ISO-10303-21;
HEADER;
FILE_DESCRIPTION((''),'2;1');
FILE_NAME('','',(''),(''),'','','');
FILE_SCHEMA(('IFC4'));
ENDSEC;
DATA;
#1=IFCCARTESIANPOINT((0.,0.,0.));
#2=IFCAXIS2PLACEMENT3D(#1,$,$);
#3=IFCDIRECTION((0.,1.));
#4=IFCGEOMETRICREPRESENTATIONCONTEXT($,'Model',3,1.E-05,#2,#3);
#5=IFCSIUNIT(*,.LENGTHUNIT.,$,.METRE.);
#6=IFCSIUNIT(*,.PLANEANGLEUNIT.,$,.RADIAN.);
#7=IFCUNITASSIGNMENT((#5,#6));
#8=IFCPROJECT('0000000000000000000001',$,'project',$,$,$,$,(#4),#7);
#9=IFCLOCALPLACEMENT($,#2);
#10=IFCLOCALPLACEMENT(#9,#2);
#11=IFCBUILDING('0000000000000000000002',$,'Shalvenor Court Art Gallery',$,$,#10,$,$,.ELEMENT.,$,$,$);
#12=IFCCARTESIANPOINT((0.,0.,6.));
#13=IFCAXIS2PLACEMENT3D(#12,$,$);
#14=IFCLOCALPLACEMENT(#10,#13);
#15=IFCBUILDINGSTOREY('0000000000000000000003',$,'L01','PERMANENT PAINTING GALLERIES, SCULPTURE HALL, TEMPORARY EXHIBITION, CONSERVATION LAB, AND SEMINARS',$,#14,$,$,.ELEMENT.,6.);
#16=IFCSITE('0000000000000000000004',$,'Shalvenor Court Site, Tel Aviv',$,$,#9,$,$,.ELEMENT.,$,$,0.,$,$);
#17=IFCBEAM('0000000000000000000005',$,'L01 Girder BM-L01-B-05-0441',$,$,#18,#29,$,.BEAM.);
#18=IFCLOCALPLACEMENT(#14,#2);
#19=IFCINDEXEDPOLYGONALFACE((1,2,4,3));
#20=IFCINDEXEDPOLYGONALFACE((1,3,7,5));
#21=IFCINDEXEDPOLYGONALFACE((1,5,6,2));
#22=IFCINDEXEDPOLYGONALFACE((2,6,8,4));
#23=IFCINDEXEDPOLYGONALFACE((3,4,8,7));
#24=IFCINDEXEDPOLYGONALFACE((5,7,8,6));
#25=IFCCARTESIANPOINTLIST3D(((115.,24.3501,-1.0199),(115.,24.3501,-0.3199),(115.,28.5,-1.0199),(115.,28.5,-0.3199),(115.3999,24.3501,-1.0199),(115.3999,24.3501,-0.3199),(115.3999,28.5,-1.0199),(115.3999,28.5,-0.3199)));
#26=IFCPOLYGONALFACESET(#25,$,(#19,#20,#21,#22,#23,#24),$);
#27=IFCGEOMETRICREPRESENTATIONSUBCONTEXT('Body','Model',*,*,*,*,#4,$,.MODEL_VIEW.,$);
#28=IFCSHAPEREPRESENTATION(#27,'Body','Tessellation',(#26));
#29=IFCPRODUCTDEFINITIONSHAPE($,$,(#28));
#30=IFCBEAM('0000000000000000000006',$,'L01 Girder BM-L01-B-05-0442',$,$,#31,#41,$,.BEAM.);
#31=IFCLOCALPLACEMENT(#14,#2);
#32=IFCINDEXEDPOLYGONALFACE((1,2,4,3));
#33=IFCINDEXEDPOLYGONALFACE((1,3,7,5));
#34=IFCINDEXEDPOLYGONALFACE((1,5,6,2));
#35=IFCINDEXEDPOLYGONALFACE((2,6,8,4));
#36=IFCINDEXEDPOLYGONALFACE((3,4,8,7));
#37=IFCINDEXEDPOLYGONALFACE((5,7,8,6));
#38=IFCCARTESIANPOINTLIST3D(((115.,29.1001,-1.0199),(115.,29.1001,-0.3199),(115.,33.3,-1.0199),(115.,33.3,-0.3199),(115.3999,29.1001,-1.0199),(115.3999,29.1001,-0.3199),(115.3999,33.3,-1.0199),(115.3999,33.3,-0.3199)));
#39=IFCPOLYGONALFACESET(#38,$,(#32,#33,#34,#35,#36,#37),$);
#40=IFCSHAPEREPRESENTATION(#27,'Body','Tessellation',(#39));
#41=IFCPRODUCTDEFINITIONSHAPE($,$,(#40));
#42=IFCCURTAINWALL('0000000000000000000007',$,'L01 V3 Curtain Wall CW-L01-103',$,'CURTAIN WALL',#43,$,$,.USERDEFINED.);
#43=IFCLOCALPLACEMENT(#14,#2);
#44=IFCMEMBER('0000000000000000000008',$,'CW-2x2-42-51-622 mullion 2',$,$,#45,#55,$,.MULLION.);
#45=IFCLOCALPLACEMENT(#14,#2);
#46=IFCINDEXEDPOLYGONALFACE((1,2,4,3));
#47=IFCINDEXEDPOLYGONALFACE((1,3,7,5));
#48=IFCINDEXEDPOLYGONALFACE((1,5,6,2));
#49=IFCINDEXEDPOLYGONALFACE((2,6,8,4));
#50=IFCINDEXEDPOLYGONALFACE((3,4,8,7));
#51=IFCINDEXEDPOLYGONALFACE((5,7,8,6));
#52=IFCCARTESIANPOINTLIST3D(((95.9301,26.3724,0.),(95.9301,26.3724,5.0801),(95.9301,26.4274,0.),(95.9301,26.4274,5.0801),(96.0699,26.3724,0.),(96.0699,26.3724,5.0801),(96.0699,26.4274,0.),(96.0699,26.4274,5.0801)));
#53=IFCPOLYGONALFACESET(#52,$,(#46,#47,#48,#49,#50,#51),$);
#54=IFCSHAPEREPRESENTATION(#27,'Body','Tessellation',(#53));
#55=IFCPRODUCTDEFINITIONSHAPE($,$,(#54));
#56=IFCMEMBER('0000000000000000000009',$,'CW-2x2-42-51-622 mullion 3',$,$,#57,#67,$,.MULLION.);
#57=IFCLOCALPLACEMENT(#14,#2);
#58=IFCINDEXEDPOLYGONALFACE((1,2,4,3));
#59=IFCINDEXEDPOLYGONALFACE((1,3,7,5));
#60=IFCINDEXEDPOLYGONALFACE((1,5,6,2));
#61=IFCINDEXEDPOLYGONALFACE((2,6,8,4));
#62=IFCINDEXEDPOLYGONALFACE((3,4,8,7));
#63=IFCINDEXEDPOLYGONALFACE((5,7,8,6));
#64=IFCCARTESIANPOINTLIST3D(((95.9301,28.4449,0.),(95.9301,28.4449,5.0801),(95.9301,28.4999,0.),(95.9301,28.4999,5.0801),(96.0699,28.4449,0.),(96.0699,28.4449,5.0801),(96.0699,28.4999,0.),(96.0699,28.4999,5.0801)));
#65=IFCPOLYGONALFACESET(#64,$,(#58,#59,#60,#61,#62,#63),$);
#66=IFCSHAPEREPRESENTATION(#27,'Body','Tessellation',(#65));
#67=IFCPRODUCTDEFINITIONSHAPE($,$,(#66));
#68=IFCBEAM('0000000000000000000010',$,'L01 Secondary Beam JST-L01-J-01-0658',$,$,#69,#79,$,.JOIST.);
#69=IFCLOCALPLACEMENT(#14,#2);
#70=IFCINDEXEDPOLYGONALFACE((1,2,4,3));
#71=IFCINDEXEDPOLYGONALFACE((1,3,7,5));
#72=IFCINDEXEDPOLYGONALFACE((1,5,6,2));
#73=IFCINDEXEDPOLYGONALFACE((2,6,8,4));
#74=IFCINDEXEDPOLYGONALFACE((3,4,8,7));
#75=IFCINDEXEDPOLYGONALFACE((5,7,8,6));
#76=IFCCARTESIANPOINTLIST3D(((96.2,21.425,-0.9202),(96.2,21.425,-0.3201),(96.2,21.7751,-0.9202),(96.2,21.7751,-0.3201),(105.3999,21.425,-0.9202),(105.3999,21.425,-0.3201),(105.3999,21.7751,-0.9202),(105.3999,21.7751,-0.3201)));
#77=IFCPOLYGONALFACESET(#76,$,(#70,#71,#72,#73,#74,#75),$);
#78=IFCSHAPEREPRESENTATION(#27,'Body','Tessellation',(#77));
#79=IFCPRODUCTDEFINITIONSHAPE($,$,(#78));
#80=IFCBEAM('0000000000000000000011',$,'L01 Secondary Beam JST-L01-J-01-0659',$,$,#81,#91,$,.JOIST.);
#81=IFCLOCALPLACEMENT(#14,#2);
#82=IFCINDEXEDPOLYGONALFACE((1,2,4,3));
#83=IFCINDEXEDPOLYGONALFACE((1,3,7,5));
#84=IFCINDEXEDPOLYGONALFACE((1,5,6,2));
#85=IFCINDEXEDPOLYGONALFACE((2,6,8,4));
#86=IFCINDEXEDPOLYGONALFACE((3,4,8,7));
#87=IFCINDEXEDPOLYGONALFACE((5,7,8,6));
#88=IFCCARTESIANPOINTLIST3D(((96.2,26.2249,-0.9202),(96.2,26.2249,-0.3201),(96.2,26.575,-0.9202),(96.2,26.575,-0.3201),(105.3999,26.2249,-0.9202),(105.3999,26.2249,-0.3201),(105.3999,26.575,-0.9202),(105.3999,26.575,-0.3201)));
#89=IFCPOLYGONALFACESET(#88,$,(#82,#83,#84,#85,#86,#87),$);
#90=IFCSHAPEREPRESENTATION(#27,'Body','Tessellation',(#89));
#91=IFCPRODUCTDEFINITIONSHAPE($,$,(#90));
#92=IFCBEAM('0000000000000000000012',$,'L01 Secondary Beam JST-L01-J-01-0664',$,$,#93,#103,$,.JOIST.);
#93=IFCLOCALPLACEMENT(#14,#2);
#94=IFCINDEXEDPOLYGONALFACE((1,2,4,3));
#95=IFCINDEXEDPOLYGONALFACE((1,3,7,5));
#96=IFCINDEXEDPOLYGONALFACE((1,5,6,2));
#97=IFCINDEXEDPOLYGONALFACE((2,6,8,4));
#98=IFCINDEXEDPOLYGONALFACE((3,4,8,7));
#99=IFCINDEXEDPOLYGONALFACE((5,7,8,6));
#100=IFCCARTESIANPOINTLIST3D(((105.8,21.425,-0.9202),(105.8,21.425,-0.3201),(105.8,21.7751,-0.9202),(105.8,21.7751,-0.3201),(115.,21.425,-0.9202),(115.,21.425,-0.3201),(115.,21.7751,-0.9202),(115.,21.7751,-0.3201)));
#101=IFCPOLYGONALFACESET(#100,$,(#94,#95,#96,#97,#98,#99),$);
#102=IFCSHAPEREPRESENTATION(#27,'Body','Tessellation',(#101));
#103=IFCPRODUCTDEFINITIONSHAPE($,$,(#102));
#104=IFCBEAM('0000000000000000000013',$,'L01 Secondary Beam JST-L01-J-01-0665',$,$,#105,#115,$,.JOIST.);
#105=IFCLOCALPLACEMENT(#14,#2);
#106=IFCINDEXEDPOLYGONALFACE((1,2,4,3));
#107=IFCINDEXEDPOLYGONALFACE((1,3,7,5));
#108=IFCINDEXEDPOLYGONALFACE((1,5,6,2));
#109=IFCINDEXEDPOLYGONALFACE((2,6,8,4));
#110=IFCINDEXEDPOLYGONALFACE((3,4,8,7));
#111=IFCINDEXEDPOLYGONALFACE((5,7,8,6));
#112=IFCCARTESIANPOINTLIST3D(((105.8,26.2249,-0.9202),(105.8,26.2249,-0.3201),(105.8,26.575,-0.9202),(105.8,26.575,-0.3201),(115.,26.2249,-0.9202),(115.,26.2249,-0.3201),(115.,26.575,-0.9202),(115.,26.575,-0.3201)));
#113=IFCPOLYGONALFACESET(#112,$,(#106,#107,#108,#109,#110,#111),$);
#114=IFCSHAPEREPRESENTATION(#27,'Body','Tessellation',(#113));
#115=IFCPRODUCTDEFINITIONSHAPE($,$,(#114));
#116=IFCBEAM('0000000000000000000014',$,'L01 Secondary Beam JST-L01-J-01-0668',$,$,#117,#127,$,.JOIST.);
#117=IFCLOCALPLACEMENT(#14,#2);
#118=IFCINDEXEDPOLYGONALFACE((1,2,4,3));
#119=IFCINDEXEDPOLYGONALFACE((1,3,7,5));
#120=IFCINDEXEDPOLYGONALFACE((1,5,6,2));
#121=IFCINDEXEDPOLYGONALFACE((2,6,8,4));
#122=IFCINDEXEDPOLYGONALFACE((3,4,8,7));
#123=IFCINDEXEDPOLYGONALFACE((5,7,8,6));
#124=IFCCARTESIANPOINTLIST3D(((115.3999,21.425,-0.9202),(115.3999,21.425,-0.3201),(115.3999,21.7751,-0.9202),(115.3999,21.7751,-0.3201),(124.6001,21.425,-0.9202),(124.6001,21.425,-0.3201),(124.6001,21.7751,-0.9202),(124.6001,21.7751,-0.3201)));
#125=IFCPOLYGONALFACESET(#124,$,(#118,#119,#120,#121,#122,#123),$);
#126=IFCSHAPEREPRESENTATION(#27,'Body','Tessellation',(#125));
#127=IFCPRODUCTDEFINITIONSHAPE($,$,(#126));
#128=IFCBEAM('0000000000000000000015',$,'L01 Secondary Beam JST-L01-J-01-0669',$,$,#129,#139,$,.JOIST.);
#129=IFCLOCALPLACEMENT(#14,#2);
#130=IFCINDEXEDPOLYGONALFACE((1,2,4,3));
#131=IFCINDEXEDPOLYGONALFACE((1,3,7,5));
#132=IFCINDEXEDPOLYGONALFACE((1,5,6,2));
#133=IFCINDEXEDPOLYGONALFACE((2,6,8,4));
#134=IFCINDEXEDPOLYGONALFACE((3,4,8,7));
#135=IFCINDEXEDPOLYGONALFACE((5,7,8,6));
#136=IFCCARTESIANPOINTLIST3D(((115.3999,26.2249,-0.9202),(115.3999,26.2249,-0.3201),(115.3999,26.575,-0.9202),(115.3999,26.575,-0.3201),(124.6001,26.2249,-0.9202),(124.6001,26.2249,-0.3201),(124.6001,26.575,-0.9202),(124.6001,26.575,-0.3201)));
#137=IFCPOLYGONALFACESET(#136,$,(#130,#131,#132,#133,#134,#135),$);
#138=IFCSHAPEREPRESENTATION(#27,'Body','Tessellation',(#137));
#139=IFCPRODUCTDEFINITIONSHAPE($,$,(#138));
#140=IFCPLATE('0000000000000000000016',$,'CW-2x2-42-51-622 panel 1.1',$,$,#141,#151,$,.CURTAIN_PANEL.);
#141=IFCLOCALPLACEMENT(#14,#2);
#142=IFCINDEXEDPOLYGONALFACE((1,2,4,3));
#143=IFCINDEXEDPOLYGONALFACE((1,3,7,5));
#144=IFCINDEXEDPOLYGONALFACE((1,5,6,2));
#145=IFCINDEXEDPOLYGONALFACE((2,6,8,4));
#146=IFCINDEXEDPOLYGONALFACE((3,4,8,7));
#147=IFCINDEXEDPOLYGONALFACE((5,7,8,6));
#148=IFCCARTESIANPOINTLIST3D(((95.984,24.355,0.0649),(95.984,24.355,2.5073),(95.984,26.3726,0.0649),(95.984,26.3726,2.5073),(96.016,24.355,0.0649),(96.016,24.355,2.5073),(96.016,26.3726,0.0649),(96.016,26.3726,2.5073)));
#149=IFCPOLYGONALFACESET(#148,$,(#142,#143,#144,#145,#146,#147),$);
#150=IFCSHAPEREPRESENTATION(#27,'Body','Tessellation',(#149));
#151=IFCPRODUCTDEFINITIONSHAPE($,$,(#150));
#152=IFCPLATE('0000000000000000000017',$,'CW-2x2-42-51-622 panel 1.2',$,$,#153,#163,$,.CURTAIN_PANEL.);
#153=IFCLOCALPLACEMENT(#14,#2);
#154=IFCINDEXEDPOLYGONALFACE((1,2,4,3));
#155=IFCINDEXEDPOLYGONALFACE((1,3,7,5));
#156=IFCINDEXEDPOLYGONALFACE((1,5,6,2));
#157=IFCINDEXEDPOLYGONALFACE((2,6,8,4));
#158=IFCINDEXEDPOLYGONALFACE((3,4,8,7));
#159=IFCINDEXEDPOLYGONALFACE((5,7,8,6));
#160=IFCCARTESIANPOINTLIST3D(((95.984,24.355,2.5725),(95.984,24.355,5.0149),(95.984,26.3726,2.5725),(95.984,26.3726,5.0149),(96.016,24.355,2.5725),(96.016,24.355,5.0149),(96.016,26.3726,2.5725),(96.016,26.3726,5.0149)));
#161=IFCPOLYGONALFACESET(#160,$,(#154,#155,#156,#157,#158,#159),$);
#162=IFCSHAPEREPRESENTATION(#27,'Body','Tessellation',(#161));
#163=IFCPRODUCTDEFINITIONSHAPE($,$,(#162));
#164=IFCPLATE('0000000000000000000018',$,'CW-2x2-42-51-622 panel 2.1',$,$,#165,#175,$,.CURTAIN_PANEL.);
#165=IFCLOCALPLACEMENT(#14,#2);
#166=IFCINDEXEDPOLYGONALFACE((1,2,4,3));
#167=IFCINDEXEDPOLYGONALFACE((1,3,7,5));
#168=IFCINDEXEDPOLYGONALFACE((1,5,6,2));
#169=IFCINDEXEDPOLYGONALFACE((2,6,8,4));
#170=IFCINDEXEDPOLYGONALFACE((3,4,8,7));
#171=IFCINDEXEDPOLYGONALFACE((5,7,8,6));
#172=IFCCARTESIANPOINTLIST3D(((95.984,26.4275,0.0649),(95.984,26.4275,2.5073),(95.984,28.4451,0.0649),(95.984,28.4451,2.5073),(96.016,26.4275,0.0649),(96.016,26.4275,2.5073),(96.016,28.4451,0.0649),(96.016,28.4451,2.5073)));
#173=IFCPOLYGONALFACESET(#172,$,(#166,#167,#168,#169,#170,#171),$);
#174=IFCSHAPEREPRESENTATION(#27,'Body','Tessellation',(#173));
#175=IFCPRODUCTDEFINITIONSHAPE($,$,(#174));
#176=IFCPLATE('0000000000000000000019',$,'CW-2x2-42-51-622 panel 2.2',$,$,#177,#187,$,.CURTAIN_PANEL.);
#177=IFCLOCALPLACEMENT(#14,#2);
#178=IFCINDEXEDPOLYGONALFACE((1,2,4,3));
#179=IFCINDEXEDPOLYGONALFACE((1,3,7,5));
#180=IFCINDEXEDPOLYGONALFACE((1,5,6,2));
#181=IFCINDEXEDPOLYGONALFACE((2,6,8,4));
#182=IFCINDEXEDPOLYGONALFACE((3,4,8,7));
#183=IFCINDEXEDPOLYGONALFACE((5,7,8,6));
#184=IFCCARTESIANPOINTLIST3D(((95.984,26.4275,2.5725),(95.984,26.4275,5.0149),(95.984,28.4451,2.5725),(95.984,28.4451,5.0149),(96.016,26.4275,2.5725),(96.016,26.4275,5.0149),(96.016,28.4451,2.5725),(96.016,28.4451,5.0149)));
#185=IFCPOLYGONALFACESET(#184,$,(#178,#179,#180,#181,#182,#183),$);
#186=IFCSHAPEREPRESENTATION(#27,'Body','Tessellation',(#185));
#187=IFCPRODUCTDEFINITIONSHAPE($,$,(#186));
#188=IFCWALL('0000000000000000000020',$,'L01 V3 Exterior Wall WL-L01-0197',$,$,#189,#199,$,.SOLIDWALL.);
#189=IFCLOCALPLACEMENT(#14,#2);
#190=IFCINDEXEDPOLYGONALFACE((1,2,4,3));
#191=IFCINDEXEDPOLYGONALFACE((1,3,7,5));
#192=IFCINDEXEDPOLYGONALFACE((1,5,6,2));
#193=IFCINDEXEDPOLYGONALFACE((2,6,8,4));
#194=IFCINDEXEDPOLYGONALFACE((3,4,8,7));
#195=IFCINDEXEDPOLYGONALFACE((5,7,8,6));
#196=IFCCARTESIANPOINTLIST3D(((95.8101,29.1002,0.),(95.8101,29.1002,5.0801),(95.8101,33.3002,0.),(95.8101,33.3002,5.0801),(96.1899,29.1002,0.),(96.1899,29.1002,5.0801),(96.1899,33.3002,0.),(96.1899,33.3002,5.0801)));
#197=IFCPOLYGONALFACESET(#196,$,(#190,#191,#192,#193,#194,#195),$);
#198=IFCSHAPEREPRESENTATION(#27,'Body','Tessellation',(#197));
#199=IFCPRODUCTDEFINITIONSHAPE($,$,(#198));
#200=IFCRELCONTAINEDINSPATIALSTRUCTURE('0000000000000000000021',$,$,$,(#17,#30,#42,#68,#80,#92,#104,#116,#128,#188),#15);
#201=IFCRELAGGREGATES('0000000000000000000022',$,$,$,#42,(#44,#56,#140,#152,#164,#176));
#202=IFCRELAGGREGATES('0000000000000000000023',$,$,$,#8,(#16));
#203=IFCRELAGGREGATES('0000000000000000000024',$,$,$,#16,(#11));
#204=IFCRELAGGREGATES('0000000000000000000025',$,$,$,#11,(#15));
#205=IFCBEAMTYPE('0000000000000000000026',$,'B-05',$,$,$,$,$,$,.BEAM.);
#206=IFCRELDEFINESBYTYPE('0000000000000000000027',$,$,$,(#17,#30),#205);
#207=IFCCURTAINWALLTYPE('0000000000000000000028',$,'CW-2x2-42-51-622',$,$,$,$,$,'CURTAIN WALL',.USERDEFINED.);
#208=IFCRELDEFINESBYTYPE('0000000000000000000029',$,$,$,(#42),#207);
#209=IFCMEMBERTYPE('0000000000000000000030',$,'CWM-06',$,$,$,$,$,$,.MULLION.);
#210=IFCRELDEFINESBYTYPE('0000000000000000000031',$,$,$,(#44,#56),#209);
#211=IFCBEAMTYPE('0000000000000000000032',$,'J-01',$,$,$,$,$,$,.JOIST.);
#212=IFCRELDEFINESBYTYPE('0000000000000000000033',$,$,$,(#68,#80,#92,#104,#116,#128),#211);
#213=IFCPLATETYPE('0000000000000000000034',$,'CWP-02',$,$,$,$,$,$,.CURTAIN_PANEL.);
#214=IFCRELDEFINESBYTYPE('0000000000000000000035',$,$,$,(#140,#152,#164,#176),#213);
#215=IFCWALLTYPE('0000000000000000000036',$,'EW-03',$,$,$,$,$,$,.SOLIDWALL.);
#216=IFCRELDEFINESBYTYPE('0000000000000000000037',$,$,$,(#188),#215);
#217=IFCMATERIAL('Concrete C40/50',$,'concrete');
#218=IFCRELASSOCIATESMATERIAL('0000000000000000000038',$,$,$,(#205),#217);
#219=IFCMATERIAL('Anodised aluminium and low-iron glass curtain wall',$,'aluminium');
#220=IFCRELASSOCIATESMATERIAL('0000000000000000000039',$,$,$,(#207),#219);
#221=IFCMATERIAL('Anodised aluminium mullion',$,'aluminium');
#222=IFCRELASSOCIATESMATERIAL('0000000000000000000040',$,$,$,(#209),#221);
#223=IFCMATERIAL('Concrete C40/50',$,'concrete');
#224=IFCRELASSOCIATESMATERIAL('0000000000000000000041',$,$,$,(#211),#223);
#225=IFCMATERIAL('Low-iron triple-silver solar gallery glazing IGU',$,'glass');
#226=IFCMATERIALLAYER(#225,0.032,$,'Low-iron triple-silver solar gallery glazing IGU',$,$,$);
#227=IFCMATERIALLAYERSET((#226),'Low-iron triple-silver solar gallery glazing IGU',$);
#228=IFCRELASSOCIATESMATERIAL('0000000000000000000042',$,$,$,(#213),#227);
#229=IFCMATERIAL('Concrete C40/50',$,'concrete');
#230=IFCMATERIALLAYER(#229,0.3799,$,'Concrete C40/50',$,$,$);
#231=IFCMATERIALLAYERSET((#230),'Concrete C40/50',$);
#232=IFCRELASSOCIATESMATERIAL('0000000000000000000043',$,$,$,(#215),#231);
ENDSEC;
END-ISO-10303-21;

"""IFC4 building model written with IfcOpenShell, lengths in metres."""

from ifc_helpers import new_model, si_unit, direction, frame, frame_2d, origin, origin_2d, place, context, subcontext, project, spatial, rectangle, extrude, material, layer, layer_set, material_profile, profile_set, type_object, element, aggregate, save


model = new_model("IFC4")

# Units and contexts
model_context = context("Model", 3, precision=1e-05, world=origin(), true_north=direction((0.0, 1.0)))
body_context = subcontext(model_context, "Body", "Model", "MODEL_VIEW")
ifc_project = project(units=[si_unit("LENGTHUNIT", "METRE"), si_unit("PLANEANGLEUNIT", "RADIAN")], contexts=[model_context])

# Site, building, storey
site_placement = place(None, origin())
site = spatial("IfcSite", under=ifc_project, at=site_placement, Name="Shalvenor Court Site, Tel Aviv", CompositionType="ELEMENT", RefElevation=0.0)
building_placement = place(site_placement, origin())
building = spatial("IfcBuilding", under=site, at=building_placement, Name="Shalvenor Court Art Gallery", CompositionType="ELEMENT")
storey_placement = place(building_placement, frame((0.0, 0.0, 6.0)))
storey = spatial("IfcBuildingStorey", under=building, at=storey_placement, Name="L01", Description="PERMANENT PAINTING GALLERIES, SCULPTURE HALL, TEMPORARY EXHIBITION, CONSERVATION LAB, AND SEMINARS", CompositionType="ELEMENT", Elevation=6.0)

# Beams
ifc_material_1 = material(Name="Concrete C40/50", Category="concrete")
ifc_material_profile_1 = material_profile(ifc_material_1, rectangle(XDim=0.3999, YDim=0.7, at=origin_2d()), Name="RC 400x700")
ifc_profile_set_1 = profile_set([ifc_material_profile_1], Name="Concrete C40/50")
beam_type_1 = type_object("IfcBeamType", Name="B-05", PredefinedType="BEAM", material=ifc_profile_set_1)
beam_1_placement = place(storey_placement, frame((115.2, 24.3501, -0.6699), z_axis=(0.0, 1.0, 0.0), x_axis=(-1.0, 0.0, 0.0)))
element("IfcBeam", 1, at=beam_1_placement, inside=storey, type_object=beam_type_1, Name="L01 Girder BM-L01-B-05-0441", PredefinedType="BEAM", context=body_context, shape_type="SweptSolid", body=[
    extrude(rectangle(XDim=0.3999, YDim=0.7, at=origin_2d()), origin(), (0.0, 0.0, 1.0), 4.1499),
])
beam_2_placement = place(storey_placement, frame((115.2, 29.1001, -0.6699), z_axis=(0.0, 1.0, 0.0), x_axis=(-1.0, 0.0, 0.0)))
element("IfcBeam", 2, at=beam_2_placement, inside=storey, type_object=beam_type_1, Name="L01 Girder BM-L01-B-05-0442", PredefinedType="BEAM", context=body_context, shape_type="SweptSolid", body=[
    extrude(rectangle(XDim=0.3999, YDim=0.7, at=origin_2d()), origin(), (0.0, 0.0, 1.0), 4.2),
])

# Curtain wall, members
ifc_material_2 = material(Name="Anodised aluminium and low-iron glass curtain wall", Category="aluminium")
curtain_wall_type = type_object("IfcCurtainWallType", Name="CW-2x2-42-51-622", ElementType="CURTAIN WALL", PredefinedType="USERDEFINED", material=ifc_material_2)
curtain_wall_placement = place(storey_placement, origin())
curtain_wall = element("IfcCurtainWall", 3, at=curtain_wall_placement, inside=storey, type_object=curtain_wall_type, Name="L01 V3 Curtain Wall CW-L01-103", ObjectType="CURTAIN WALL", PredefinedType="USERDEFINED")
ifc_material_3 = material(Name="Anodised aluminium mullion", Category="aluminium")
ifc_material_profile_2 = material_profile(ifc_material_3, rectangle(XDim=0.0549, YDim=0.1399, at=origin_2d()), Name="CWM-06")
ifc_profile_set_2 = profile_set([ifc_material_profile_2], Name="Anodised aluminium mullion")
member_type = type_object("IfcMemberType", Name="CWM-06", PredefinedType="MULLION", material=ifc_profile_set_2)
member_1_placement = place(storey_placement, frame((96.0, 26.3999, 0.0), z_axis=(0.0, 0.0, 1.0), x_axis=(0.0, 1.0, 0.0)))
member_1 = element("IfcMember", 4, at=member_1_placement, type_object=member_type, Name="CW-2x2-42-51-622 mullion 2", PredefinedType="MULLION", context=body_context, shape_type="SweptSolid", body=[
    extrude(rectangle(XDim=0.0549, YDim=0.1399, at=origin_2d()), origin(), (0.0, 0.0, 1.0), 5.0801),
])
member_2_placement = place(storey_placement, frame((96.0, 28.4724, 0.0), z_axis=(0.0, 0.0, 1.0), x_axis=(0.0, 1.0, 0.0)))
member_2 = element("IfcMember", 5, at=member_2_placement, type_object=member_type, Name="CW-2x2-42-51-622 mullion 3", PredefinedType="MULLION", context=body_context, shape_type="SweptSolid", body=[
    extrude(rectangle(XDim=0.0549, YDim=0.1399, at=origin_2d()), origin(), (0.0, 0.0, 1.0), 5.0801),
])

# Beams
ifc_material_4 = material(Name="Concrete C40/50", Category="concrete")
ifc_material_profile_3 = material_profile(ifc_material_4, rectangle(XDim=0.3501, YDim=0.6001, at=origin_2d()), Name="RC 350x600")
ifc_profile_set_3 = profile_set([ifc_material_profile_3], Name="Concrete C40/50")
beam_type_2 = type_object("IfcBeamType", Name="J-01", PredefinedType="JOIST", material=ifc_profile_set_3)
for number, where, z_axis, x_axis, name in (
    (6, (96.2, 21.6001, -0.6201), (1.0, 0.0, 0.0), (0.0, 1.0, 0.0), "L01 Secondary Beam JST-L01-J-01-0658"),
    (7, (96.2, 26.3999, -0.6201), (1.0, 0.0, 0.0), (0.0, 1.0, 0.0), "L01 Secondary Beam JST-L01-J-01-0659"),
    (8, (105.8, 21.6001, -0.6201), (1.0, 0.0, 0.0), (0.0, 1.0, 0.0), "L01 Secondary Beam JST-L01-J-01-0664"),
    (9, (105.8, 26.3999, -0.6201), (1.0, 0.0, 0.0), (0.0, 1.0, 0.0), "L01 Secondary Beam JST-L01-J-01-0665"),
):
    element("IfcBeam", number, at=place(storey_placement, frame(where, z_axis=z_axis, x_axis=x_axis)), inside=storey, type_object=beam_type_2, Name=name, PredefinedType="JOIST", context=body_context, shape_type="SweptSolid", body=[
        extrude(rectangle(XDim=0.3501, YDim=0.6001, at=origin_2d()), origin(), (0.0, 0.0, 1.0), 9.2),
    ])
for number, where, z_axis, x_axis, name in (
    (10, (115.3999, 21.6001, -0.6201), (1.0, 0.0, 0.0), (0.0, 1.0, 0.0), "L01 Secondary Beam JST-L01-J-01-0668"),
    (11, (115.3999, 26.3999, -0.6201), (1.0, 0.0, 0.0), (0.0, 1.0, 0.0), "L01 Secondary Beam JST-L01-J-01-0669"),
):
    element("IfcBeam", number, at=place(storey_placement, frame(where, z_axis=z_axis, x_axis=x_axis)), inside=storey, type_object=beam_type_2, Name=name, PredefinedType="JOIST", context=body_context, shape_type="SweptSolid", body=[
        extrude(rectangle(XDim=0.3501, YDim=0.6001, at=origin_2d()), origin(), (0.0, 0.0, 1.0), 9.2002),
    ])

# Plates
ifc_material_5 = material(Name="Low-iron triple-silver solar gallery glazing IGU", Category="glass")
ifc_layer_1 = layer(ifc_material_5, 0.032, Name="Low-iron triple-silver solar gallery glazing IGU")
ifc_layer_set_1 = layer_set([ifc_layer_1], Name="Low-iron triple-silver solar gallery glazing IGU")
plate_type = type_object("IfcPlateType", Name="CWP-02", PredefinedType="CURTAIN_PANEL", material=ifc_layer_set_1)
plate_1_placement = place(storey_placement, frame((96.0, 25.3638, 0.0649), z_axis=(0.0, 0.0, 1.0), x_axis=(0.0, 1.0, 0.0)))
plate_1 = element("IfcPlate", 12, at=plate_1_placement, type_object=plate_type, Name="CW-2x2-42-51-622 panel 1.1", PredefinedType="CURTAIN_PANEL", context=body_context, shape_type="SweptSolid", body=[
    extrude(rectangle(XDim=2.0176, YDim=0.032, at=origin_2d()), origin(), (0.0, 0.0, 1.0), 2.4424),
])
plate_2_placement = place(storey_placement, frame((96.0, 25.3638, 2.5725), z_axis=(0.0, 0.0, 1.0), x_axis=(0.0, 1.0, 0.0)))
plate_2 = element("IfcPlate", 13, at=plate_2_placement, type_object=plate_type, Name="CW-2x2-42-51-622 panel 1.2", PredefinedType="CURTAIN_PANEL", context=body_context, shape_type="SweptSolid", body=[
    extrude(rectangle(XDim=2.0176, YDim=0.032, at=origin_2d()), origin(), (0.0, 0.0, 1.0), 2.4424),
])
plate_3_placement = place(storey_placement, frame((96.0, 27.4363, 0.0649), z_axis=(0.0, 0.0, 1.0), x_axis=(0.0, 1.0, 0.0)))
plate_3 = element("IfcPlate", 14, at=plate_3_placement, type_object=plate_type, Name="CW-2x2-42-51-622 panel 2.1", PredefinedType="CURTAIN_PANEL", context=body_context, shape_type="SweptSolid", body=[
    extrude(rectangle(XDim=2.0176, YDim=0.032, at=origin_2d()), origin(), (0.0, 0.0, 1.0), 2.4424),
])
plate_4_placement = place(storey_placement, frame((96.0, 27.4363, 2.5725), z_axis=(0.0, 0.0, 1.0), x_axis=(0.0, 1.0, 0.0)))
plate_4 = element("IfcPlate", 15, at=plate_4_placement, type_object=plate_type, Name="CW-2x2-42-51-622 panel 2.2", PredefinedType="CURTAIN_PANEL", context=body_context, shape_type="SweptSolid", body=[
    extrude(rectangle(XDim=2.0176, YDim=0.032, at=origin_2d()), origin(), (0.0, 0.0, 1.0), 2.4424),
])
aggregate(curtain_wall, [member_1, member_2, plate_1, plate_2, plate_3, plate_4])

# Wall
ifc_material_6 = material(Name="Concrete C40/50", Category="concrete")
ifc_layer_2 = layer(ifc_material_6, 0.3799, Name="Concrete C40/50")
ifc_layer_set_2 = layer_set([ifc_layer_2], Name="Concrete C40/50")
wall_type = type_object("IfcWallType", Name="EW-03", PredefinedType="SOLIDWALL", material=ifc_layer_set_2)
wall_placement = place(storey_placement, frame((96.0, 29.1001, 0.0), z_axis=(0.0, 0.0, 1.0), x_axis=(0.0, 1.0, 0.0)))
element("IfcWall", 16, at=wall_placement, inside=storey, type_object=wall_type, Name="L01 V3 Exterior Wall WL-L01-0197", PredefinedType="SOLIDWALL", context=body_context, shape_type="SweptSolid", body=[
    extrude(rectangle(XDim=4.2, YDim=0.3799, at=frame_2d((2.1001, 0.0))), origin(), (0.0, 0.0, 1.0), 5.0801),
])

save(model, "model.ifc")
